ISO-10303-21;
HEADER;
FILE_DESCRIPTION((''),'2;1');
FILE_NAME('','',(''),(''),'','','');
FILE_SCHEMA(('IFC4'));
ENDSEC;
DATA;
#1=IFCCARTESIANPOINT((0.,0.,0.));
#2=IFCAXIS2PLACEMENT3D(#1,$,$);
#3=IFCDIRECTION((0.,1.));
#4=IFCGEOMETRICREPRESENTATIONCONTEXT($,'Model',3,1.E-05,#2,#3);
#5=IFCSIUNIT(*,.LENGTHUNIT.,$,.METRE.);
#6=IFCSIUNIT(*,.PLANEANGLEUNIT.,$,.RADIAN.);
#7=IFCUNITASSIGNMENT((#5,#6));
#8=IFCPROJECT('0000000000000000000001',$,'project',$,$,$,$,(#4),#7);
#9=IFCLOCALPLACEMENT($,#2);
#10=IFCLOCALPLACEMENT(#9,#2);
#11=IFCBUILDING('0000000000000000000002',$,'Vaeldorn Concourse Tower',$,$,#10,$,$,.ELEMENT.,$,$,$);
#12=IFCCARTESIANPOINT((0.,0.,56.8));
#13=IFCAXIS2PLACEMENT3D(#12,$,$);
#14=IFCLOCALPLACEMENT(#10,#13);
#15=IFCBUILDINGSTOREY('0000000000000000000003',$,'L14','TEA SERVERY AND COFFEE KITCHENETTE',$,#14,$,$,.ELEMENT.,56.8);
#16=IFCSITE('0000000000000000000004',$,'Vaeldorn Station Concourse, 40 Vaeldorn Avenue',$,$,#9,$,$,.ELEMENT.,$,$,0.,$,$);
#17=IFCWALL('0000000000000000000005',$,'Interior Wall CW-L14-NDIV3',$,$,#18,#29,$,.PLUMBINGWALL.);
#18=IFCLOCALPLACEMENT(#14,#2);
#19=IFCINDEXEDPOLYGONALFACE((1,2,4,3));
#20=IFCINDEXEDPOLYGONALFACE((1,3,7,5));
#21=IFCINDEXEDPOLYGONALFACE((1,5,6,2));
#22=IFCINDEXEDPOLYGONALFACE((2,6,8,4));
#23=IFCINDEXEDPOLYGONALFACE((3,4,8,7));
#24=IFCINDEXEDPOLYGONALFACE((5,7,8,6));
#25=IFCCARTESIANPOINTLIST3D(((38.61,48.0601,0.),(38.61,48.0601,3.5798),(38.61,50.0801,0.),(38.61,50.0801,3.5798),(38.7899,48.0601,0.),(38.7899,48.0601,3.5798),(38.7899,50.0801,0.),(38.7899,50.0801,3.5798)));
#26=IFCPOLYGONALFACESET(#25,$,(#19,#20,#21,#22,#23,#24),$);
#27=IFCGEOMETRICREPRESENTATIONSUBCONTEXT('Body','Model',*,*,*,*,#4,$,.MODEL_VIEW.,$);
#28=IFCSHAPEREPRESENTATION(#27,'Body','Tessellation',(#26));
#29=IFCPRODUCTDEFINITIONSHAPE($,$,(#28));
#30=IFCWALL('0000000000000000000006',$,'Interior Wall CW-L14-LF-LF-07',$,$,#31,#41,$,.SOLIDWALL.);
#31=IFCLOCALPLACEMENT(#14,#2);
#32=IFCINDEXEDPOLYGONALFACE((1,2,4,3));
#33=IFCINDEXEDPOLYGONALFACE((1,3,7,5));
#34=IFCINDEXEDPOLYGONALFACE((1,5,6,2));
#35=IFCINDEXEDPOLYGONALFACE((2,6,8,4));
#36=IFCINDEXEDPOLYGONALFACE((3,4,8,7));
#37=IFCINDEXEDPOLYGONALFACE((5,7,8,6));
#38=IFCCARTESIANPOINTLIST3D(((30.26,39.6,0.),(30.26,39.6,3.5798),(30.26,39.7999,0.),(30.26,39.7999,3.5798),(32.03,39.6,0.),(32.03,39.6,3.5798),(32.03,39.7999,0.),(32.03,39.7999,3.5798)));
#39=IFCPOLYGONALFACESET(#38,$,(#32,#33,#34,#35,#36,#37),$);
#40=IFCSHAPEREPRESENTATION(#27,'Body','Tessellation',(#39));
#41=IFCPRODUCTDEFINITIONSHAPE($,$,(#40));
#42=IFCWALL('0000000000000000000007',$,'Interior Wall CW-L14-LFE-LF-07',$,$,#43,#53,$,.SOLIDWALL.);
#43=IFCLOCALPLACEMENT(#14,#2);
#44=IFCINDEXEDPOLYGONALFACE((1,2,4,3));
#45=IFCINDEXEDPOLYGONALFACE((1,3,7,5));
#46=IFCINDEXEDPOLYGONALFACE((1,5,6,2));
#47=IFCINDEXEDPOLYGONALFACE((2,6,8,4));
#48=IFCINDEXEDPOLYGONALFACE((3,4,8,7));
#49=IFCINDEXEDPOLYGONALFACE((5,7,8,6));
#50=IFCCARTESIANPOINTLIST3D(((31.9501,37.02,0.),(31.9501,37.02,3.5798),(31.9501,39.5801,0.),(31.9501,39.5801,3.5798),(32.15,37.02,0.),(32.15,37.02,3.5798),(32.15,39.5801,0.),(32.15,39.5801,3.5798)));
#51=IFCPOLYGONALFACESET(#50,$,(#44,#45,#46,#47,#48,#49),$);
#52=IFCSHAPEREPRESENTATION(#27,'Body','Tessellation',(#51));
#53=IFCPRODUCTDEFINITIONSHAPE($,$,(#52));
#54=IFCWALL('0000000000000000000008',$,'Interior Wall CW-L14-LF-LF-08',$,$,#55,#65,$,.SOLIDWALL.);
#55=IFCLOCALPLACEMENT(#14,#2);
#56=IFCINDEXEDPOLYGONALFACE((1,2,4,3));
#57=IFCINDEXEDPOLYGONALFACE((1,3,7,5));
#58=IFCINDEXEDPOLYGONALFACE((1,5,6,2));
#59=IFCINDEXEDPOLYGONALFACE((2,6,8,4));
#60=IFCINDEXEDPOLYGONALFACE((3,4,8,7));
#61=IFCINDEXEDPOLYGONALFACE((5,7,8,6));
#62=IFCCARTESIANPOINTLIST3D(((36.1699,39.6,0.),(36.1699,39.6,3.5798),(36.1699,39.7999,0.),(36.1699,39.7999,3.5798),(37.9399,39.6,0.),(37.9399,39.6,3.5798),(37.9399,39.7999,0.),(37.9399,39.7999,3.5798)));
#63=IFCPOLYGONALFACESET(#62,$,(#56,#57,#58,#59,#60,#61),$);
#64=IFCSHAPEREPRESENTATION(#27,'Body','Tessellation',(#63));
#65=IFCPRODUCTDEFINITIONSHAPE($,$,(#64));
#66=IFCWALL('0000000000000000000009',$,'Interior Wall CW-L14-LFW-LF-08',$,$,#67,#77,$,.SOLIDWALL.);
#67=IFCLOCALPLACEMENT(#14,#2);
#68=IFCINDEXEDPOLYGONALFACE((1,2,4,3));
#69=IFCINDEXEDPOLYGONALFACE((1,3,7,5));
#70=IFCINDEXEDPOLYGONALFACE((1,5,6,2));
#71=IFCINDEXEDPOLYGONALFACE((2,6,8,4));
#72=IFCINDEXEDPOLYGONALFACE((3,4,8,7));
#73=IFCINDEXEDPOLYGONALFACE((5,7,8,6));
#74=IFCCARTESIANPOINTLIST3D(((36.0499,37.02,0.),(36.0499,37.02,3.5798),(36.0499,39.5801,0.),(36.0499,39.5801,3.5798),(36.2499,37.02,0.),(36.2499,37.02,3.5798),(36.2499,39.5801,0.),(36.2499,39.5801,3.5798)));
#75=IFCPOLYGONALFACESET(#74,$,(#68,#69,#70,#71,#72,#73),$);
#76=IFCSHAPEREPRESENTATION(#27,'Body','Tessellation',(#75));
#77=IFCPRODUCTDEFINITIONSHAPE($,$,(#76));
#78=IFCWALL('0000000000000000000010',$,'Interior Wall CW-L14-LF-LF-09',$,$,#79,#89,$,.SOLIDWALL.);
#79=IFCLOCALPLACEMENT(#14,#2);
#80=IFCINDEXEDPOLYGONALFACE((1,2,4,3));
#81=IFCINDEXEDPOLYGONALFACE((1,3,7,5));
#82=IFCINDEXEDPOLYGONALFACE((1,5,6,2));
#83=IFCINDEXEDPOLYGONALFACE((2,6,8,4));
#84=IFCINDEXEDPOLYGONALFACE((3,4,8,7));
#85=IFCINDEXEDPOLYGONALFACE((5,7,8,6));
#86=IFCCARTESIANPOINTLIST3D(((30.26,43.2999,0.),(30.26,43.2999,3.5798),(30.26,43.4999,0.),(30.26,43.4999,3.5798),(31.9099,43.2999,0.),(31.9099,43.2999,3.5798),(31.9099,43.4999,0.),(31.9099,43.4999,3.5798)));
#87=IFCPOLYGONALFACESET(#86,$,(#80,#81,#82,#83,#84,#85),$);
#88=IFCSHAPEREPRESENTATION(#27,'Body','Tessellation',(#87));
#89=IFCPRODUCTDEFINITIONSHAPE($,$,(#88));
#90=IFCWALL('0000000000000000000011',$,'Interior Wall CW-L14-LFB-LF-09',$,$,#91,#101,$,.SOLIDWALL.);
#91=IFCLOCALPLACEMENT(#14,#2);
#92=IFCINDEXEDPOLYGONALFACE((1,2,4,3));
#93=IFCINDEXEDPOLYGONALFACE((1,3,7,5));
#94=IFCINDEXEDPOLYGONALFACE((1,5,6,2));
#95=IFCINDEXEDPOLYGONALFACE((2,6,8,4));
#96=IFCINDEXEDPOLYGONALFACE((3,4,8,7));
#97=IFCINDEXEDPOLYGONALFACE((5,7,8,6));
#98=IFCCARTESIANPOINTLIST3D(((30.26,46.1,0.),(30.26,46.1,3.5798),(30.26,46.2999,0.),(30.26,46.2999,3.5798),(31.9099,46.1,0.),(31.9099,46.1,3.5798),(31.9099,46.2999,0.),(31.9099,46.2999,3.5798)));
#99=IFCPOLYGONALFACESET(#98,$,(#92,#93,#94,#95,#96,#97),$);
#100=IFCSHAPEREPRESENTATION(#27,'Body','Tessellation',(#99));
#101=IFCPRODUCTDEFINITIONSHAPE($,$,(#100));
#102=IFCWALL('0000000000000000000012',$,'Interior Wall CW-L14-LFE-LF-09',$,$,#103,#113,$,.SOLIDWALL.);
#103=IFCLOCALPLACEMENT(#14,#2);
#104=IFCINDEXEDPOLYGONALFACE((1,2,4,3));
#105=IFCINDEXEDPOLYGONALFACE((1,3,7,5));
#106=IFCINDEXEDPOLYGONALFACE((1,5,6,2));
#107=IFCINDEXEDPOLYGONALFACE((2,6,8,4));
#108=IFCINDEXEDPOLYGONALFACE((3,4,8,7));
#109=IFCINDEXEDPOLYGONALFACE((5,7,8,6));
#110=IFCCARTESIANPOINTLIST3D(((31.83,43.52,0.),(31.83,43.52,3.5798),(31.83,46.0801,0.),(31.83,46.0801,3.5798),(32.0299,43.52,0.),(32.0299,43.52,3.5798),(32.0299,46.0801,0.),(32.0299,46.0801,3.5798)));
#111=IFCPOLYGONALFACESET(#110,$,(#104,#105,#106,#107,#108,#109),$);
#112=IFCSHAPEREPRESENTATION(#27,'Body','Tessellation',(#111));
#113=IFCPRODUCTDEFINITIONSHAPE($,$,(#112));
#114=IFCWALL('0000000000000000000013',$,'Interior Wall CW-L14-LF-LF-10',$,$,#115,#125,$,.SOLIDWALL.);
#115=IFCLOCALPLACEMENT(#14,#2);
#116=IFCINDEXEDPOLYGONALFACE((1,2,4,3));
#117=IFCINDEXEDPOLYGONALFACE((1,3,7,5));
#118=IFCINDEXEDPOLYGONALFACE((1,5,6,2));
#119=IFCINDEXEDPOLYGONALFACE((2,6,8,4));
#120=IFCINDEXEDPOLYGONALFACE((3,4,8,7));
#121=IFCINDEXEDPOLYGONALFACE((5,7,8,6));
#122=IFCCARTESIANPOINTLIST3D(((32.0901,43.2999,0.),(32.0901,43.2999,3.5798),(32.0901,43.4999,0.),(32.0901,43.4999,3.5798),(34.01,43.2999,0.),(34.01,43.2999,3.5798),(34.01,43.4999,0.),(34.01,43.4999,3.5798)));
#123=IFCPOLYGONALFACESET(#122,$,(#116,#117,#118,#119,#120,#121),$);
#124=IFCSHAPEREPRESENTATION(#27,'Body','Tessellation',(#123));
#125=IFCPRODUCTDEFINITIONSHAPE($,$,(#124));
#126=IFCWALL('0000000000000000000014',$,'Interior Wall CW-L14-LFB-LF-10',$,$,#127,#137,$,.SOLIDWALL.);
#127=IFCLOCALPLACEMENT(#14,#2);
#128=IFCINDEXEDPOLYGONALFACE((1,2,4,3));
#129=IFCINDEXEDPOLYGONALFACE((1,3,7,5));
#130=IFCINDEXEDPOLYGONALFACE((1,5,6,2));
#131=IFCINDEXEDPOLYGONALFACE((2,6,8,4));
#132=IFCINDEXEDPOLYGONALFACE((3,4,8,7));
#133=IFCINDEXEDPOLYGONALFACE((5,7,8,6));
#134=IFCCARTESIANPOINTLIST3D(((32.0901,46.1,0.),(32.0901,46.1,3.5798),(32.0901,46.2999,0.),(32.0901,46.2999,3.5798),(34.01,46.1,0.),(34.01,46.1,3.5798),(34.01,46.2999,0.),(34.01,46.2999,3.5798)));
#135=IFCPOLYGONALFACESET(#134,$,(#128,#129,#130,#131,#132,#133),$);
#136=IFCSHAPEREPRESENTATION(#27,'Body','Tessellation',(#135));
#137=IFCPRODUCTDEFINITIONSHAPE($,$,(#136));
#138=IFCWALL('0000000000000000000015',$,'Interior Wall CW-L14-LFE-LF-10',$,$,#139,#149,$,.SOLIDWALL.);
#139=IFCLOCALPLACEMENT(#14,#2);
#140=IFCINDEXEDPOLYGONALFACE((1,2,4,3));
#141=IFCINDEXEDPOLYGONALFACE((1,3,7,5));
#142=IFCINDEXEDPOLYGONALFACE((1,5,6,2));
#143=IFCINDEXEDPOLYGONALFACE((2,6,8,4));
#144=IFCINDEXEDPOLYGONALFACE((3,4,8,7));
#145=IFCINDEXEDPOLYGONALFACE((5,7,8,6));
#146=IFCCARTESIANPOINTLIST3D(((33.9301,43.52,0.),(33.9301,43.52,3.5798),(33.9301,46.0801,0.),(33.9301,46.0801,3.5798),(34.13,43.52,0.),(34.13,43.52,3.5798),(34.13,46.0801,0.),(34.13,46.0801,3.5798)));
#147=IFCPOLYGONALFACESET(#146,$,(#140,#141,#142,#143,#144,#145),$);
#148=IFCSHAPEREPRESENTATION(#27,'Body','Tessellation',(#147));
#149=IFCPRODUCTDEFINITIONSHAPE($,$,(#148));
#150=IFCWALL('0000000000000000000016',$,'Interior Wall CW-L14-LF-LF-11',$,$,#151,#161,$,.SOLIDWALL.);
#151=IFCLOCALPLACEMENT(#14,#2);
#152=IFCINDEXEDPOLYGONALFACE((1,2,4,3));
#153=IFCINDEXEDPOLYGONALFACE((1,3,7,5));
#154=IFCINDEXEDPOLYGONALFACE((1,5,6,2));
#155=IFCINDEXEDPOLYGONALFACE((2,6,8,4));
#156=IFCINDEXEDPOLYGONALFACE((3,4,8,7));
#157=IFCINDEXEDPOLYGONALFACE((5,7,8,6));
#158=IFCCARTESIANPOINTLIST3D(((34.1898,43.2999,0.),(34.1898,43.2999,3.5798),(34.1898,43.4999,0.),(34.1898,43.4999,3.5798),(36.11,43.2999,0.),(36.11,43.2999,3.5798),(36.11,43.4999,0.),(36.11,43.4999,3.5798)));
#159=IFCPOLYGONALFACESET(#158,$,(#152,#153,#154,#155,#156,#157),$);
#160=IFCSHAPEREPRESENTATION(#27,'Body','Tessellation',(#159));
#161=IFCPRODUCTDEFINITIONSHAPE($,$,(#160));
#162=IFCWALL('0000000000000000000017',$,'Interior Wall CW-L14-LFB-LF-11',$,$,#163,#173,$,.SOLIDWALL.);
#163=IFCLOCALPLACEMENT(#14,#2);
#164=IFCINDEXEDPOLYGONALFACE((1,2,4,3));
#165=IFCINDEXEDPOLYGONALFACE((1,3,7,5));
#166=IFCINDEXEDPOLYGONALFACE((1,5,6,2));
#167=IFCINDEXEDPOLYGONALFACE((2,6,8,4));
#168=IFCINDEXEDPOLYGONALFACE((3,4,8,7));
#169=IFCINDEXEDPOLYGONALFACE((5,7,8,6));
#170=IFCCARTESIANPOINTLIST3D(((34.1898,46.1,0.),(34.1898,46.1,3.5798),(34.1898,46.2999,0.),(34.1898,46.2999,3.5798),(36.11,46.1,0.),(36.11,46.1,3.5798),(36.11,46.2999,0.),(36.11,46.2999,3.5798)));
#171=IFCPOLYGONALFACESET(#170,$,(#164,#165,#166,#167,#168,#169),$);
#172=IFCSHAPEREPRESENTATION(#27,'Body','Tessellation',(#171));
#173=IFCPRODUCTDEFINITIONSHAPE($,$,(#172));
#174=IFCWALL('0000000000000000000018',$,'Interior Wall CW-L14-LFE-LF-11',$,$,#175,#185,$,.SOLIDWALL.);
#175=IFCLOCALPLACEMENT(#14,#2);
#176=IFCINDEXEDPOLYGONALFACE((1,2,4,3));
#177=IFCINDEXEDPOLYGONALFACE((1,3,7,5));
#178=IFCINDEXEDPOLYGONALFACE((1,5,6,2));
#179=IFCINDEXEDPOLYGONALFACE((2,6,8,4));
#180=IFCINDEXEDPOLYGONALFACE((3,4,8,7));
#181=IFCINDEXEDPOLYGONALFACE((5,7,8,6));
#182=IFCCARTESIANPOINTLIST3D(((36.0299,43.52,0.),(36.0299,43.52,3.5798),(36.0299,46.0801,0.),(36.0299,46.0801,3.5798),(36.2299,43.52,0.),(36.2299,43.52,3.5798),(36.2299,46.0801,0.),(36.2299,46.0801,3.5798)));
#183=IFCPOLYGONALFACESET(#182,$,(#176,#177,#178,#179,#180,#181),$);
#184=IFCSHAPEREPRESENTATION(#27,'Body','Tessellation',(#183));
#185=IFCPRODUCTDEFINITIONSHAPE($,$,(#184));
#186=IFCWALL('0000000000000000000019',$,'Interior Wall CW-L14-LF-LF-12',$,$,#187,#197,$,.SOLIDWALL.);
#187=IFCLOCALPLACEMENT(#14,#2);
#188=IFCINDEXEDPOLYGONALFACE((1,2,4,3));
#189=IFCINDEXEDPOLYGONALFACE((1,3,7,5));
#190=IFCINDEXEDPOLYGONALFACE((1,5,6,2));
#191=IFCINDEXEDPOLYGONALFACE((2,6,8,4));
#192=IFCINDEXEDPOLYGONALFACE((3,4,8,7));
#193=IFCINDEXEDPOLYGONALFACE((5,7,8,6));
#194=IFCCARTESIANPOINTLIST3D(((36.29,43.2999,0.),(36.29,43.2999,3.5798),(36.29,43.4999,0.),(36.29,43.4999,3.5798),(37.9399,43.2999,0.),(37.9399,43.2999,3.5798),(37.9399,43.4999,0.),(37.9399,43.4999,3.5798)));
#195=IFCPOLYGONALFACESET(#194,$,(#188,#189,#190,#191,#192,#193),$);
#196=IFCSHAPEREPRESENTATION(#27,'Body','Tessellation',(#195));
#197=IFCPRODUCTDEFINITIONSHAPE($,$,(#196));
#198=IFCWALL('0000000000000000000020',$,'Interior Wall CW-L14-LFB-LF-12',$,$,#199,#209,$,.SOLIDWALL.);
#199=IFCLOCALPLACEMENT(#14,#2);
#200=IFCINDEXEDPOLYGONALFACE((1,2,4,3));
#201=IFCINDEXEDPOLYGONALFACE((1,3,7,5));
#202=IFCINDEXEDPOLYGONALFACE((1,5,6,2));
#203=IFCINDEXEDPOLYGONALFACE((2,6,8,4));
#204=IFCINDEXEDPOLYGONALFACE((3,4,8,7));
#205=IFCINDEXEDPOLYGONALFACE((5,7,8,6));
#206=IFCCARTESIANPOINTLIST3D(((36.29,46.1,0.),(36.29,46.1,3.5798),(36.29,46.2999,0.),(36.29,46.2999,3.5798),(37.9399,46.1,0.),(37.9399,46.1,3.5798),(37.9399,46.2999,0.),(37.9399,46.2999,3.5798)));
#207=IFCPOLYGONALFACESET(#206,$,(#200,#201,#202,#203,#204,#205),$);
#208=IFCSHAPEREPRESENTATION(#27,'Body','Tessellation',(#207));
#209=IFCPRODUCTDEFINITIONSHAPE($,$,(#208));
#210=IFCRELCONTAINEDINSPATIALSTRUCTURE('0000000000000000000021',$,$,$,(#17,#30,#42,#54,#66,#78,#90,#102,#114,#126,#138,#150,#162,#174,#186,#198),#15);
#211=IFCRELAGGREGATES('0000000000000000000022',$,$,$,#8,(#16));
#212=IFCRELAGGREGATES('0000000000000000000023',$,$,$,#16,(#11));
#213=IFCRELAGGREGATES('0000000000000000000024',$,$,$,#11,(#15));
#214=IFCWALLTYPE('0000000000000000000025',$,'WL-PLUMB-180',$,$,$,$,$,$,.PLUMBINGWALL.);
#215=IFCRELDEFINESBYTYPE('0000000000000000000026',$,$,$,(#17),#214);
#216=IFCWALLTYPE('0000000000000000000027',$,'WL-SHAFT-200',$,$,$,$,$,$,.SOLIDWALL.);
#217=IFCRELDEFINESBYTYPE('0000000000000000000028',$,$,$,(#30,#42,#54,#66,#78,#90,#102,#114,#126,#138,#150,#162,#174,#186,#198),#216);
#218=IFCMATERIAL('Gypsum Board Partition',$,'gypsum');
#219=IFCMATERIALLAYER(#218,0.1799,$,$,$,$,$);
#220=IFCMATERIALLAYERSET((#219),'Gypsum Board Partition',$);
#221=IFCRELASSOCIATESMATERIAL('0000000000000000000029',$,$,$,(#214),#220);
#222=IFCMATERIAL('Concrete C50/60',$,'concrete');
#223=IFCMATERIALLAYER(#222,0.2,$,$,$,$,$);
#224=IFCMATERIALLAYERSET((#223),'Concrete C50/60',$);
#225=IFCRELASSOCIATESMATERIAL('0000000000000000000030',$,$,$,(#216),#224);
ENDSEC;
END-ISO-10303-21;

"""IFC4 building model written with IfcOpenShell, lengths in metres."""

from ifc_helpers import new_model, si_unit, direction, frame, frame_2d, origin, place, context, subcontext, project, spatial, rectangle, extrude, material, layer, layer_set, type_object, element, save


model = new_model("IFC4")

# Units and contexts
model_context = context("Model", 3, precision=1e-05, world=origin(), true_north=direction((0.0, 1.0)))
body_context = subcontext(model_context, "Body", "Model", "MODEL_VIEW")
ifc_project = project(units=[si_unit("LENGTHUNIT", "METRE"), si_unit("PLANEANGLEUNIT", "RADIAN")], contexts=[model_context])

# Site, building, storey
site_placement = place(None, origin())
site = spatial("IfcSite", under=ifc_project, at=site_placement, Name="Vaeldorn Station Concourse, 40 Vaeldorn Avenue", CompositionType="ELEMENT", RefElevation=0.0)
building_placement = place(site_placement, origin())
building = spatial("IfcBuilding", under=site, at=building_placement, Name="Vaeldorn Concourse Tower", CompositionType="ELEMENT")
storey_placement = place(building_placement, frame((0.0, 0.0, 56.8)))
storey = spatial("IfcBuildingStorey", under=building, at=storey_placement, Name="L14", Description="TEA SERVERY AND COFFEE KITCHENETTE", CompositionType="ELEMENT", Elevation=56.8)

# Shared definitions
ifc_material_1 = material(Name="Gypsum Board Partition", Category="gypsum")

# Walls
ifc_layer_1 = layer(ifc_material_1, 0.1799)
ifc_layer_set_1 = layer_set([ifc_layer_1], Name="Gypsum Board Partition")
wall_type_1 = type_object("IfcWallType", Name="WL-PLUMB-180", PredefinedType="PLUMBINGWALL", material=ifc_layer_set_1)
for number, where, z_axis, x_axis, name in (
    (1, (38.7, 48.0601, 0.0), (0.0, 0.0, 1.0), (0.0, 1.0, 0.0), "Interior Wall CW-L14-NDIV3"),
):
    element("IfcWall", number, at=place(storey_placement, frame(where, z_axis=z_axis, x_axis=x_axis)), inside=storey, type_object=wall_type_1, Name=name, PredefinedType="PLUMBINGWALL", context=body_context, shape_type="SweptSolid", body=[
        extrude(rectangle(XDim=2.02, YDim=0.1799, at=frame_2d((1.01, 0.0))), origin(), (0.0, 0.0, 1.0), 3.5798),
    ])
ifc_material_2 = material(Name="Concrete C50/60", Category="concrete")
ifc_layer_2 = layer(ifc_material_2, 0.2)
ifc_layer_set_2 = layer_set([ifc_layer_2], Name="Concrete C50/60")
wall_type_2 = type_object("IfcWallType", Name="WL-SHAFT-200", PredefinedType="SOLIDWALL", material=ifc_layer_set_2)
wall_1_placement = place(storey_placement, frame((30.26, 39.7, 0.0), z_axis=(0.0, 0.0, 1.0), x_axis=(1.0, 0.0, 0.0)))
element("IfcWall", 2, at=wall_1_placement, inside=storey, type_object=wall_type_2, Name="Interior Wall CW-L14-LF-LF-07", PredefinedType="SOLIDWALL", context=body_context, shape_type="SweptSolid", body=[
    extrude(rectangle(XDim=1.77, YDim=0.2, at=frame_2d((0.885, 0.0))), origin(), (0.0, 0.0, 1.0), 3.5798),
])
wall_2_placement = place(storey_placement, frame((32.05, 37.02, 0.0), z_axis=(0.0, 0.0, 1.0), x_axis=(0.0, 1.0, 0.0)))
element("IfcWall", 3, at=wall_2_placement, inside=storey, type_object=wall_type_2, Name="Interior Wall CW-L14-LFE-LF-07", PredefinedType="SOLIDWALL", context=body_context, shape_type="SweptSolid", body=[
    extrude(rectangle(XDim=2.5601, YDim=0.2, at=frame_2d((1.28, 0.0))), origin(), (0.0, 0.0, 1.0), 3.5798),
])
wall_3_placement = place(storey_placement, frame((36.1699, 39.7, 0.0), z_axis=(0.0, 0.0, 1.0), x_axis=(1.0, 0.0, 0.0)))
element("IfcWall", 4, at=wall_3_placement, inside=storey, type_object=wall_type_2, Name="Interior Wall CW-L14-LF-LF-08", PredefinedType="SOLIDWALL", context=body_context, shape_type="SweptSolid", body=[
    extrude(rectangle(XDim=1.77, YDim=0.2, at=frame_2d((0.885, 0.0))), origin(), (0.0, 0.0, 1.0), 3.5798),
])
wall_4_placement = place(storey_placement, frame((36.1499, 37.02, 0.0), z_axis=(0.0, 0.0, 1.0), x_axis=(0.0, 1.0, 0.0)))
element("IfcWall", 5, at=wall_4_placement, inside=storey, type_object=wall_type_2, Name="Interior Wall CW-L14-LFW-LF-08", PredefinedType="SOLIDWALL", context=body_context, shape_type="SweptSolid", body=[
    extrude(rectangle(XDim=2.5601, YDim=0.2, at=frame_2d((1.28, 0.0))), origin(), (0.0, 0.0, 1.0), 3.5798),
])
for number, where, z_axis, x_axis, name in (
    (6, (30.26, 43.3999, 0.0), (0.0, 0.0, 1.0), (1.0, 0.0, 0.0), "Interior Wall CW-L14-LF-LF-09"),
    (7, (30.26, 46.2, 0.0), (0.0, 0.0, 1.0), (1.0, 0.0, 0.0), "Interior Wall CW-L14-LFB-LF-09"),
):
    element("IfcWall", number, at=place(storey_placement, frame(where, z_axis=z_axis, x_axis=x_axis)), inside=storey, type_object=wall_type_2, Name=name, PredefinedType="SOLIDWALL", context=body_context, shape_type="SweptSolid", body=[
        extrude(rectangle(XDim=1.6499, YDim=0.2, at=frame_2d((0.825, 0.0))), origin(), (0.0, 0.0, 1.0), 3.5798),
    ])
wall_5_placement = place(storey_placement, frame((31.9299, 43.52, 0.0), z_axis=(0.0, 0.0, 1.0), x_axis=(0.0, 1.0, 0.0)))
element("IfcWall", 8, at=wall_5_placement, inside=storey, type_object=wall_type_2, Name="Interior Wall CW-L14-LFE-LF-09", PredefinedType="SOLIDWALL", context=body_context, shape_type="SweptSolid", body=[
    extrude(rectangle(XDim=2.5601, YDim=0.2, at=frame_2d((1.28, 0.0))), origin(), (0.0, 0.0, 1.0), 3.5798),
])
for number, where, z_axis, x_axis, name in (
    (9, (32.0901, 43.3999, 0.0), (0.0, 0.0, 1.0), (1.0, 0.0, 0.0), "Interior Wall CW-L14-LF-LF-10"),
    (10, (32.0901, 46.2, 0.0), (0.0, 0.0, 1.0), (1.0, 0.0, 0.0), "Interior Wall CW-L14-LFB-LF-10"),
):
    element("IfcWall", number, at=place(storey_placement, frame(where, z_axis=z_axis, x_axis=x_axis)), inside=storey, type_object=wall_type_2, Name=name, PredefinedType="SOLIDWALL", context=body_context, shape_type="SweptSolid", body=[
        extrude(rectangle(XDim=1.9199, YDim=0.2, at=frame_2d((0.96, 0.0))), origin(), (0.0, 0.0, 1.0), 3.5798),
    ])
wall_6_placement = place(storey_placement, frame((34.03, 43.52, 0.0), z_axis=(0.0, 0.0, 1.0), x_axis=(0.0, 1.0, 0.0)))
element("IfcWall", 11, at=wall_6_placement, inside=storey, type_object=wall_type_2, Name="Interior Wall CW-L14-LFE-LF-10", PredefinedType="SOLIDWALL", context=body_context, shape_type="SweptSolid", body=[
    extrude(rectangle(XDim=2.5601, YDim=0.2, at=frame_2d((1.28, 0.0))), origin(), (0.0, 0.0, 1.0), 3.5798),
])
for number, where, z_axis, x_axis, name in (
    (12, (34.1899, 43.3999, 0.0), (0.0, 0.0, 1.0), (1.0, 0.0, 0.0), "Interior Wall CW-L14-LF-LF-11"),
    (13, (34.1899, 46.2, 0.0), (0.0, 0.0, 1.0), (1.0, 0.0, 0.0), "Interior Wall CW-L14-LFB-LF-11"),
):
    element("IfcWall", number, at=place(storey_placement, frame(where, z_axis=z_axis, x_axis=x_axis)), inside=storey, type_object=wall_type_2, Name=name, PredefinedType="SOLIDWALL", context=body_context, shape_type="SweptSolid", body=[
        extrude(rectangle(XDim=1.9202, YDim=0.2, at=frame_2d((0.96, 0.0))), origin(), (0.0, 0.0, 1.0), 3.5798),
    ])
wall_7_placement = place(storey_placement, frame((36.1299, 43.52, 0.0), z_axis=(0.0, 0.0, 1.0), x_axis=(0.0, 1.0, 0.0)))
element("IfcWall", 14, at=wall_7_placement, inside=storey, type_object=wall_type_2, Name="Interior Wall CW-L14-LFE-LF-11", PredefinedType="SOLIDWALL", context=body_context, shape_type="SweptSolid", body=[
    extrude(rectangle(XDim=2.5601, YDim=0.2, at=frame_2d((1.28, 0.0))), origin(), (0.0, 0.0, 1.0), 3.5798),
])
for number, where, z_axis, x_axis, name in (
    (15, (36.29, 43.3999, 0.0), (0.0, 0.0, 1.0), (1.0, 0.0, 0.0), "Interior Wall CW-L14-LF-LF-12"),
    (16, (36.29, 46.2, 0.0), (0.0, 0.0, 1.0), (1.0, 0.0, 0.0), "Interior Wall CW-L14-LFB-LF-12"),
):
    element("IfcWall", number, at=place(storey_placement, frame(where, z_axis=z_axis, x_axis=x_axis)), inside=storey, type_object=wall_type_2, Name=name, PredefinedType="SOLIDWALL", context=body_context, shape_type="SweptSolid", body=[
        extrude(rectangle(XDim=1.6499, YDim=0.2, at=frame_2d((0.825, 0.0))), origin(), (0.0, 0.0, 1.0), 3.5798),
    ])

save(model, "model.ifc")
